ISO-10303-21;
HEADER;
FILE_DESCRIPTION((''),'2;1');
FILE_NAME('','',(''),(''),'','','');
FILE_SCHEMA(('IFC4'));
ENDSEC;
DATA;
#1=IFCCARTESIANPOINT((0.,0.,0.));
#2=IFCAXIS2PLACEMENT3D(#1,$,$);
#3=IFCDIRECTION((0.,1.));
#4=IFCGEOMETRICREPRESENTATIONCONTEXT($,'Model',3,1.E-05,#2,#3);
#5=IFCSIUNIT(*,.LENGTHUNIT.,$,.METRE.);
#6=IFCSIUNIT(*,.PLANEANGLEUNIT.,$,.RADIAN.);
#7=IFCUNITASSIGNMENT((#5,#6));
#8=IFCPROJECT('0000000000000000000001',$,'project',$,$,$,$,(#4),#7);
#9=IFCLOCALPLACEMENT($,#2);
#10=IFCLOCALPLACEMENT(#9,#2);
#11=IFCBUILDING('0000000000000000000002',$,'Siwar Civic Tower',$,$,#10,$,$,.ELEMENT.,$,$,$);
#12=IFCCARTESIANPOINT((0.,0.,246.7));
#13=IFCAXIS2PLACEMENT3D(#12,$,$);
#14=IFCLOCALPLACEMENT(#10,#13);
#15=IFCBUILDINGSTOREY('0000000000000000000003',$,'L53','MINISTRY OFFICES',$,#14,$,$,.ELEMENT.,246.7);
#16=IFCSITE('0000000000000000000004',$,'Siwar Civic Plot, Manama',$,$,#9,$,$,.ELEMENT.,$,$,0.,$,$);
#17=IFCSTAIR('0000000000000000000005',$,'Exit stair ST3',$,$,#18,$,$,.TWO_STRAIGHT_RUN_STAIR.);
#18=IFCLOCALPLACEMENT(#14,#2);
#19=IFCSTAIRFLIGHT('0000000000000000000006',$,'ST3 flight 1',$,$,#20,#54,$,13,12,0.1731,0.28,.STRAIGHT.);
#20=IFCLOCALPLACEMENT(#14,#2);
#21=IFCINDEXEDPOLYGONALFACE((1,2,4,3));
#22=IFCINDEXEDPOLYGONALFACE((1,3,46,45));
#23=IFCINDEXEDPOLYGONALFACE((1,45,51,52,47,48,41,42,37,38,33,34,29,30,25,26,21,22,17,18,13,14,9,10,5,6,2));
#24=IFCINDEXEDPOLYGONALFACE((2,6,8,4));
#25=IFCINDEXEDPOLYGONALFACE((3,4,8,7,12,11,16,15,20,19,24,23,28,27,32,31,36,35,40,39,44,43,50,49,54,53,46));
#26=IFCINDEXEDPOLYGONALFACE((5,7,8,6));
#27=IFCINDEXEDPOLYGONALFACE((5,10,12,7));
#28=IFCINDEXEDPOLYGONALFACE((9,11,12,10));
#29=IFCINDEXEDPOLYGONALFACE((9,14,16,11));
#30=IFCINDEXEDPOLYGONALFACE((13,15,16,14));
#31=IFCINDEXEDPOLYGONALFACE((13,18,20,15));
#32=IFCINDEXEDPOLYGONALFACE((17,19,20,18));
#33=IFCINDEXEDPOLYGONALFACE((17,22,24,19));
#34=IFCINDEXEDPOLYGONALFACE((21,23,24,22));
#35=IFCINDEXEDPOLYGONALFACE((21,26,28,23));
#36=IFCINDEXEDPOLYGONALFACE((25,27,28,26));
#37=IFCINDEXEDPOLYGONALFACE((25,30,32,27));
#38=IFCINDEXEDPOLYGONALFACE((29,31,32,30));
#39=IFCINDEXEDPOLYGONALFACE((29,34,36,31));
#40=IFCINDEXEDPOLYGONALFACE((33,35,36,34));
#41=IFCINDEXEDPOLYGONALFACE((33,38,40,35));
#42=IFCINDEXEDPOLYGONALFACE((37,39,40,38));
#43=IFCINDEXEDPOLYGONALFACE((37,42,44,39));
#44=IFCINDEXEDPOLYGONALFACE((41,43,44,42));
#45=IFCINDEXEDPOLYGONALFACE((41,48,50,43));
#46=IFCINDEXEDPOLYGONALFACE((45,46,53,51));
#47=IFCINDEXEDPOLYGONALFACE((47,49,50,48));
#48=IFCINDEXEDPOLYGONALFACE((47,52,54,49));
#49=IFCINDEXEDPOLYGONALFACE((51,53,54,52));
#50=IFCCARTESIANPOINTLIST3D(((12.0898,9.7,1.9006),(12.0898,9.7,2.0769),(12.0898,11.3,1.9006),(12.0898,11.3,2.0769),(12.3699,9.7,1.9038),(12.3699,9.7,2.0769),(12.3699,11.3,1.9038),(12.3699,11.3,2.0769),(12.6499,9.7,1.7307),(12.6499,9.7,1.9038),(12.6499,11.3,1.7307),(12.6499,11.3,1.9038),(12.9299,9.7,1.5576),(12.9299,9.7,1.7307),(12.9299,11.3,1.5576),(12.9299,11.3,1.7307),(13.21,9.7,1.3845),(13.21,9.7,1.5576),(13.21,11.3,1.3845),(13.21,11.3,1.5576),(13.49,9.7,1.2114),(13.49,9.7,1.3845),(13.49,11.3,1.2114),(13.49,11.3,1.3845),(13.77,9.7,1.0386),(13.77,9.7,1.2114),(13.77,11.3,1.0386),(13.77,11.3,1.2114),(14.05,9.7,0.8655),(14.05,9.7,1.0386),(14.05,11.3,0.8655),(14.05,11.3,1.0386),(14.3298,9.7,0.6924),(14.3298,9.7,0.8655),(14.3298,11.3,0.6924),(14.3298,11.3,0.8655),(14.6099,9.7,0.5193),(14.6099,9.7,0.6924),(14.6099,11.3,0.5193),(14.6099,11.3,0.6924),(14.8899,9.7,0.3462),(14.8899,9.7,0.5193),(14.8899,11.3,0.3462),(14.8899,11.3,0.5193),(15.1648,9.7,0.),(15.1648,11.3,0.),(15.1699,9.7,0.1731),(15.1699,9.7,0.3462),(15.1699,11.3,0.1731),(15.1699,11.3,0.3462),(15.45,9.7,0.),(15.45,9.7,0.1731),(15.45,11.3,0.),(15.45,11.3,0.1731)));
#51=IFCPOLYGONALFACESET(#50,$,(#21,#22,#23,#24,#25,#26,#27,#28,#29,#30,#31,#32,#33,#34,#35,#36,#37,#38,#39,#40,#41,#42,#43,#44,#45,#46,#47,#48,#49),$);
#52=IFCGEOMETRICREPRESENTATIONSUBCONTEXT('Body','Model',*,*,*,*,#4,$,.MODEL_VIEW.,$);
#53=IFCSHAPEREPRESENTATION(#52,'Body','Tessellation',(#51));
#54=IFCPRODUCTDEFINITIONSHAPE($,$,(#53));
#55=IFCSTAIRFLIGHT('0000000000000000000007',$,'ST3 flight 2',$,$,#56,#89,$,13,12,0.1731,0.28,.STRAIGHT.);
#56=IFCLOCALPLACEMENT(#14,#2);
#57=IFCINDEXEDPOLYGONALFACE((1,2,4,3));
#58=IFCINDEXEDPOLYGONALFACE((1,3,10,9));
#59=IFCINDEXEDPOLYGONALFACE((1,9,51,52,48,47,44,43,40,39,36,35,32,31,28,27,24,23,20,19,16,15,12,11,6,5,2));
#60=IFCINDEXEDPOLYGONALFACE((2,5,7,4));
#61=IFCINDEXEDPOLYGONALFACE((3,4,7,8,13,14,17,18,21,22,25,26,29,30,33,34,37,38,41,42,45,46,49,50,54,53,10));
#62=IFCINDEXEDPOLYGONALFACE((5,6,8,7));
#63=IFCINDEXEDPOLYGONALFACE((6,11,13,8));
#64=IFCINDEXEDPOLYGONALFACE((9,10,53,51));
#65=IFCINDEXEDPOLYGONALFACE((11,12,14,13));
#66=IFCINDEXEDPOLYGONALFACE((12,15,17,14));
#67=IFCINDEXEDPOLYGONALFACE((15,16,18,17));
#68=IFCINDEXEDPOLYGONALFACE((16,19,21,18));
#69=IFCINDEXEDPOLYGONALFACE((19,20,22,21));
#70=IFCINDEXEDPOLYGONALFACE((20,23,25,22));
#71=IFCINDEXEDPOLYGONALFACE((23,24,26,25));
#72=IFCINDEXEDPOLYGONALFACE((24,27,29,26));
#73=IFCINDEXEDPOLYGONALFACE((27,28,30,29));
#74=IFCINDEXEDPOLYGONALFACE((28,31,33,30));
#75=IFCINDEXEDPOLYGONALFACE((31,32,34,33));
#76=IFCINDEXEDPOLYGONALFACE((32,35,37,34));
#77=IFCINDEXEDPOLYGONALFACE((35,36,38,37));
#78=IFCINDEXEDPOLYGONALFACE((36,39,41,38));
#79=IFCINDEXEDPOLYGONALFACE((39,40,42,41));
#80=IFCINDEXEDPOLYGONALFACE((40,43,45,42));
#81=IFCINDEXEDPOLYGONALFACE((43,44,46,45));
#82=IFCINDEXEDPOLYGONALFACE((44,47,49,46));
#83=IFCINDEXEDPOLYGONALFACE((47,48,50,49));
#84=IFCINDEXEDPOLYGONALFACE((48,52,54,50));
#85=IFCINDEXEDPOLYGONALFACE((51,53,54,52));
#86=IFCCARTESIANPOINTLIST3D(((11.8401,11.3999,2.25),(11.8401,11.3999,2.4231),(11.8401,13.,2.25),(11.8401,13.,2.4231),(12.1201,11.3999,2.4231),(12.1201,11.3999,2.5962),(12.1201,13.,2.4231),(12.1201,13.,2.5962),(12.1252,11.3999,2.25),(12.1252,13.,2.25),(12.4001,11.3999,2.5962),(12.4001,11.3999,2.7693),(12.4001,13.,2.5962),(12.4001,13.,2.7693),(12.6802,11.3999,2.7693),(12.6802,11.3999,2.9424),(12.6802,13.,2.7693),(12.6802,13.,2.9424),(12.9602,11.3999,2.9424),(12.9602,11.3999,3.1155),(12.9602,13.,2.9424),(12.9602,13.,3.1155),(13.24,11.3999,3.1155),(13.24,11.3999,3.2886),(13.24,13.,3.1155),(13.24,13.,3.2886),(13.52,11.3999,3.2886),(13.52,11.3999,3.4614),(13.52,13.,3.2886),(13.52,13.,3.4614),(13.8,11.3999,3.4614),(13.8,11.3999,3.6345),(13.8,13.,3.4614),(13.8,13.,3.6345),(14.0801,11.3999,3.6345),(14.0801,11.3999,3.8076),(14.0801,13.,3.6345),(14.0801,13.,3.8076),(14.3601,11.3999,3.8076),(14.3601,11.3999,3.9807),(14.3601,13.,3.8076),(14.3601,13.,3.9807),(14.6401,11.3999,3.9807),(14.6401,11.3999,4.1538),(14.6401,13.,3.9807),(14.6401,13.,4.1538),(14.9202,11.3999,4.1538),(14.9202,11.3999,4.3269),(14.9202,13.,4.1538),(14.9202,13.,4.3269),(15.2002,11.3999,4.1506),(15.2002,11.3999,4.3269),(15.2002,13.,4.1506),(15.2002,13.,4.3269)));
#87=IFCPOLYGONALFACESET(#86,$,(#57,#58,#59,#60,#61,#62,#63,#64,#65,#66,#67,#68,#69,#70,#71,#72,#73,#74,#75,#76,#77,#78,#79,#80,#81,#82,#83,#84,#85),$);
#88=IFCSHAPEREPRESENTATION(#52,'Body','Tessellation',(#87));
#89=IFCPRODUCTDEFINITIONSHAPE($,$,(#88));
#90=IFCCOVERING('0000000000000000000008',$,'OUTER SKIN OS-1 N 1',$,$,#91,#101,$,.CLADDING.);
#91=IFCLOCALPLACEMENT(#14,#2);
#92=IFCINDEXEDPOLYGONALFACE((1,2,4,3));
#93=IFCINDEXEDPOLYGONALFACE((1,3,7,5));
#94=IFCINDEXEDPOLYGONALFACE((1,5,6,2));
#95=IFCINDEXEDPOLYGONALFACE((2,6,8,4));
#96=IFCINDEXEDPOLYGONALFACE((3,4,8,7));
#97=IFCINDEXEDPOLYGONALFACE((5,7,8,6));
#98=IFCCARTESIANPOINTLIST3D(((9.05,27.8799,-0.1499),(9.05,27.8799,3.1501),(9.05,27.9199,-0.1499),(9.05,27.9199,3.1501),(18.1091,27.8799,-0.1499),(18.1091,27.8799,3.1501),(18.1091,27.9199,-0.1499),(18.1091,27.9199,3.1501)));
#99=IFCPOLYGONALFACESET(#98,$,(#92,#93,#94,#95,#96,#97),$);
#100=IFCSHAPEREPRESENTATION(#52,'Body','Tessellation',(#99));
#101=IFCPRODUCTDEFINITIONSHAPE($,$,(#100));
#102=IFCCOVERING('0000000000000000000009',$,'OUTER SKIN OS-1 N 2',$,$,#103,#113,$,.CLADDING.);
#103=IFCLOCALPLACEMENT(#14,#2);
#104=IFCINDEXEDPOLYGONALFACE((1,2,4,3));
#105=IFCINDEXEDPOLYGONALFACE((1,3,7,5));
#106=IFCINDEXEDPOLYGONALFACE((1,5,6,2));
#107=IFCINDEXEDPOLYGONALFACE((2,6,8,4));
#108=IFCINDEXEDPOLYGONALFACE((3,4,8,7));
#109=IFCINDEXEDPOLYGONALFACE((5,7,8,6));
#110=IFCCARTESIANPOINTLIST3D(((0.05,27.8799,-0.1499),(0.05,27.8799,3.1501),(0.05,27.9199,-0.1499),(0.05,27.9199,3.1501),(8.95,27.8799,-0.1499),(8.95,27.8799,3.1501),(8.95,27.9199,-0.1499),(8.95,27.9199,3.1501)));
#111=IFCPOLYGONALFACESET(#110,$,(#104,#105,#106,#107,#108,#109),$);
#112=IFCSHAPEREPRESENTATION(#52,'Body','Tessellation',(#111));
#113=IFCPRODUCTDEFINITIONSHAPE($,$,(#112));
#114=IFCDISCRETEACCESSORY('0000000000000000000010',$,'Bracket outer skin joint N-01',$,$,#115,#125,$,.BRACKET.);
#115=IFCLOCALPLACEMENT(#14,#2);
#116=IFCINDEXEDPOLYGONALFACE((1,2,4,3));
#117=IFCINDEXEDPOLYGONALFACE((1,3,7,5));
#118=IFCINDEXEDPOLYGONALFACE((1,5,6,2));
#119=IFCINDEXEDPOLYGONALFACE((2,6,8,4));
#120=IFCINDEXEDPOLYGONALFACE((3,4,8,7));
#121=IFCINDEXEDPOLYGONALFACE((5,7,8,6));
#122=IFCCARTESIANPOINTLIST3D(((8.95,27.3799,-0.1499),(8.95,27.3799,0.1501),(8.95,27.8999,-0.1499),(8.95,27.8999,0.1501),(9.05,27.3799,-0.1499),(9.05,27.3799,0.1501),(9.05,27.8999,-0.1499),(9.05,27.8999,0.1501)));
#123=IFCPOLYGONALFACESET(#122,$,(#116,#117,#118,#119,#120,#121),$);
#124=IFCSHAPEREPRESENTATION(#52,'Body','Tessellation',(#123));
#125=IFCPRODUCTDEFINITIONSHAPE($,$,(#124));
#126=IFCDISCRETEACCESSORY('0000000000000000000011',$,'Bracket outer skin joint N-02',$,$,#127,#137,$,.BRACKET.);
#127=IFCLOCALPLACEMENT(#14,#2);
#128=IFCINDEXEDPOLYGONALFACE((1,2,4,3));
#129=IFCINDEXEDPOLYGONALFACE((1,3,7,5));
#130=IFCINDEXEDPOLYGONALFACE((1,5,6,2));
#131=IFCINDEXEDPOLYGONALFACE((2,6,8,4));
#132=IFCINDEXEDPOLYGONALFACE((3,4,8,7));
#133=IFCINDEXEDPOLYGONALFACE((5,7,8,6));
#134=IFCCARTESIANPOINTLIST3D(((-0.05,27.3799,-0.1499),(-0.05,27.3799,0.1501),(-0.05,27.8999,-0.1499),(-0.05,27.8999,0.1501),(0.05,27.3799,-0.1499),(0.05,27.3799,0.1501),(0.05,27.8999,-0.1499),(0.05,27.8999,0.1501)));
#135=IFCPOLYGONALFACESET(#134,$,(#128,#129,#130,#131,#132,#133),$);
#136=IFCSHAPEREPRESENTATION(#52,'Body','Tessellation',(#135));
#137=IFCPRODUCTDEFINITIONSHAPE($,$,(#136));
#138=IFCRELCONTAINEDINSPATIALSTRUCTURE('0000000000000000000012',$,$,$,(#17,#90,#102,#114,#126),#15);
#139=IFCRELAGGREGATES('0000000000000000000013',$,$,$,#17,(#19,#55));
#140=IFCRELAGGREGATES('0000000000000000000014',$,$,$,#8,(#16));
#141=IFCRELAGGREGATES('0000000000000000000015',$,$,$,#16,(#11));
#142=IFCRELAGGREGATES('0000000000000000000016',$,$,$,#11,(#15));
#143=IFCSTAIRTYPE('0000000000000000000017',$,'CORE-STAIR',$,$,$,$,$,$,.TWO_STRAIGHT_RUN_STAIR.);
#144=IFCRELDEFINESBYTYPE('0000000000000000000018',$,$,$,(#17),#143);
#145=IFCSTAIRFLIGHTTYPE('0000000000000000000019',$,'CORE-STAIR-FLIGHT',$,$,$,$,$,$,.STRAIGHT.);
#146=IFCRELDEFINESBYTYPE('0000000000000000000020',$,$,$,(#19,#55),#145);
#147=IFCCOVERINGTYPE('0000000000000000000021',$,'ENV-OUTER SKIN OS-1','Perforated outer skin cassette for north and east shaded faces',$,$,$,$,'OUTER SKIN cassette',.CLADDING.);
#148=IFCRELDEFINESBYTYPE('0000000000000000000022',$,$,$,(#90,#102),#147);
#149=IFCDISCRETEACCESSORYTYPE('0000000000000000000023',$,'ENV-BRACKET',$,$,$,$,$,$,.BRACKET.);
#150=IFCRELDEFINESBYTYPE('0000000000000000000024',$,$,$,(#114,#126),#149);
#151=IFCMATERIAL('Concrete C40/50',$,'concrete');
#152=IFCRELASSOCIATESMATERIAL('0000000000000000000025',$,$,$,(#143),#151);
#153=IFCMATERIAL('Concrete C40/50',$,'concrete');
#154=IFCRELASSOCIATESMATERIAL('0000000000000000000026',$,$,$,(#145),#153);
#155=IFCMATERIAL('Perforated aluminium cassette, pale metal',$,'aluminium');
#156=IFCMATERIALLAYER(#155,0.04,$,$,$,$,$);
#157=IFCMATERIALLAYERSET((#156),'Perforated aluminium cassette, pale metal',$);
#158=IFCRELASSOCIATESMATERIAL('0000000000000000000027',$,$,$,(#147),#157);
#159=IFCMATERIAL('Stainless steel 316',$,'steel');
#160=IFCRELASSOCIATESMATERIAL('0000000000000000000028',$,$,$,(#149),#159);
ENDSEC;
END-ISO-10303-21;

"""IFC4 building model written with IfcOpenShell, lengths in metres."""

from ifc_helpers import new_model, si_unit, direction, frame, origin, origin_2d, place, context, subcontext, project, spatial, polyline, rectangle, outline, extrude, material, layer, layer_set, type_object, element, aggregate, save


model = new_model("IFC4")

# Units and contexts
model_context = context("Model", 3, precision=1e-05, world=origin(), true_north=direction((0.0, 1.0)))
body_context = subcontext(model_context, "Body", "Model", "MODEL_VIEW")
ifc_project = project(units=[si_unit("LENGTHUNIT", "METRE"), si_unit("PLANEANGLEUNIT", "RADIAN")], contexts=[model_context])

# Site, building, storey
site_placement = place(None, origin())
site = spatial("IfcSite", under=ifc_project, at=site_placement, Name="Siwar Civic Plot, Manama", CompositionType="ELEMENT", RefElevation=0.0)
building_placement = place(site_placement, origin())
building = spatial("IfcBuilding", under=site, at=building_placement, Name="Siwar Civic Tower", CompositionType="ELEMENT")
storey_placement = place(building_placement, frame((0.0, 0.0, 246.7)))
storey = spatial("IfcBuildingStorey", under=building, at=storey_placement, Name="L53", Description="MINISTRY OFFICES", CompositionType="ELEMENT", Elevation=246.7)

# Stair, stair flights
ifc_material_1 = material(Name="Concrete C40/50", Category="concrete")
stair_type = type_object("IfcStairType", Name="CORE-STAIR", PredefinedType="TWO_STRAIGHT_RUN_STAIR", material=ifc_material_1)
stair_placement = place(storey_placement, origin())
stair = element("IfcStair", 1, at=stair_placement, inside=storey, type_object=stair_type, Name="Exit stair ST3", PredefinedType="TWO_STRAIGHT_RUN_STAIR")
ifc_material_2 = material(Name="Concrete C40/50", Category="concrete")
stair_flight_type = type_object("IfcStairFlightType", Name="CORE-STAIR-FLIGHT", PredefinedType="STRAIGHT", material=ifc_material_2)
stair_flight_1_placement = place(storey_placement, frame((15.45, 10.5, 0.0), z_axis=(0.0, 0.0, 1.0), x_axis=(-1.0, 0.0, 0.0)))
stair_flight_1 = element("IfcStairFlight", 2, at=stair_flight_1_placement, type_object=stair_flight_type, Name="ST3 flight 1", NumberOfRisers=13, NumberOfTreads=12, PredefinedType="STRAIGHT", RiserHeight=0.1731, TreadLength=0.28, context=body_context, shape_type="SweptSolid", body=[
    extrude(outline(polyline([(0.0, 0.0), (0.0, 0.1731), (0.28, 0.1731), (0.28, 0.3462), (0.5601, 0.3462), (0.5601, 0.5193), (0.8401, 0.5193), (0.8401, 0.6924), (1.1201, 0.6924), (1.1201, 0.8655), (1.3999, 0.8655), (1.3999, 1.0386), (1.6799, 1.0386), (1.6799, 1.2114), (1.96, 1.2114), (1.96, 1.3845), (2.24, 1.3845), (2.24, 1.5576), (2.52, 1.5576), (2.52, 1.7307), (2.8, 1.7307), (2.8, 1.9038), (3.0801, 1.9038), (3.0801, 2.0769), (3.3601, 2.0769), (3.3601, 2.25), (3.3601, 1.9006), (0.2852, 0.0), (0.0, 0.0)])), frame((0.0, 0.8, 0.0), z_axis=(0.0, -1.0, 0.0), x_axis=(1.0, 0.0, 0.0)), (0.0, 0.0, 1.0), 1.6001),
])
stair_flight_2_placement = place(storey_placement, frame((11.8401, 12.2, 2.25), z_axis=(0.0, 0.0, 1.0), x_axis=(1.0, 0.0, 0.0)))
stair_flight_2 = element("IfcStairFlight", 3, at=stair_flight_2_placement, type_object=stair_flight_type, Name="ST3 flight 2", NumberOfRisers=13, NumberOfTreads=12, PredefinedType="STRAIGHT", RiserHeight=0.1731, TreadLength=0.28, context=body_context, shape_type="SweptSolid", body=[
    extrude(outline(polyline([(0.0, 0.0), (0.0, 0.1731), (0.28, 0.1731), (0.28, 0.3462), (0.5601, 0.3462), (0.5601, 0.5193), (0.8401, 0.5193), (0.8401, 0.6924), (1.1201, 0.6924), (1.1201, 0.8655), (1.3999, 0.8655), (1.3999, 1.0386), (1.6799, 1.0386), (1.6799, 1.2114), (1.96, 1.2114), (1.96, 1.3845), (2.24, 1.3845), (2.24, 1.5576), (2.52, 1.5576), (2.52, 1.7307), (2.8, 1.7307), (2.8, 1.9038), (3.0801, 1.9038), (3.0801, 2.0769), (3.3601, 2.0769), (3.3601, 2.25), (3.3601, 1.9006), (0.2852, 0.0), (0.0, 0.0)])), frame((0.0, 0.8, 0.0), z_axis=(0.0, -1.0, 0.0), x_axis=(1.0, 0.0, 0.0)), (0.0, 0.0, 1.0), 1.6001),
])
aggregate(stair, [stair_flight_1, stair_flight_2])

# Coverings
ifc_material_3 = material(Name="Perforated aluminium cassette, pale metal", Category="aluminium")
ifc_layer_1 = layer(ifc_material_3, 0.04)
ifc_layer_set_1 = layer_set([ifc_layer_1], Name="Perforated aluminium cassette, pale metal")
covering_type = type_object("IfcCoveringType", Name="ENV-OUTER SKIN OS-1", Description="Perforated outer skin cassette for north and east shaded faces", ElementType="OUTER SKIN cassette", PredefinedType="CLADDING", material=ifc_layer_set_1)
covering_1_placement = place(storey_placement, frame((13.5796, 27.8999, -0.1499), z_axis=(0.0, 0.0, 1.0), x_axis=(-1.0, 0.0, 0.0)))
element("IfcCovering", 4, at=covering_1_placement, inside=storey, type_object=covering_type, Name="OUTER SKIN OS-1 N 1", PredefinedType="CLADDING", context=body_context, shape_type="SweptSolid", body=[
    extrude(rectangle(XDim=9.0591, YDim=0.04, at=origin_2d()), origin(), (0.0, 0.0, 1.0), 3.3),
])
covering_2_placement = place(storey_placement, frame((4.5, 27.8999, -0.1499), z_axis=(0.0, 0.0, 1.0), x_axis=(-1.0, 0.0, 0.0)))
element("IfcCovering", 5, at=covering_2_placement, inside=storey, type_object=covering_type, Name="OUTER SKIN OS-1 N 2", PredefinedType="CLADDING", context=body_context, shape_type="SweptSolid", body=[
    extrude(rectangle(XDim=8.8999, YDim=0.04, at=origin_2d()), origin(), (0.0, 0.0, 1.0), 3.3),
])

# Discrete accessories
ifc_material_4 = material(Name="Stainless steel 316", Category="steel")
discrete_accessory_type = type_object("IfcDiscreteAccessoryType", Name="ENV-BRACKET", PredefinedType="BRACKET", material=ifc_material_4)
for number, where, z_axis, x_axis, name in (
    (6, (9.0, 27.6399, -0.1499), (0.0, 0.0, 1.0), (0.0, 1.0, 0.0), "Bracket outer skin joint N-01"),
    (7, (0.0, 27.6399, -0.1499), (0.0, 0.0, 1.0), (0.0, 1.0, 0.0), "Bracket outer skin joint N-02"),
):
    element("IfcDiscreteAccessory", number, at=place(storey_placement, frame(where, z_axis=z_axis, x_axis=x_axis)), inside=storey, type_object=discrete_accessory_type, Name=name, PredefinedType="BRACKET", context=body_context, shape_type="SweptSolid", body=[
        extrude(rectangle(XDim=0.52, YDim=0.1001, at=origin_2d()), origin(), (0.0, 0.0, 1.0), 0.3),
    ])

save(model, "model.ifc")
